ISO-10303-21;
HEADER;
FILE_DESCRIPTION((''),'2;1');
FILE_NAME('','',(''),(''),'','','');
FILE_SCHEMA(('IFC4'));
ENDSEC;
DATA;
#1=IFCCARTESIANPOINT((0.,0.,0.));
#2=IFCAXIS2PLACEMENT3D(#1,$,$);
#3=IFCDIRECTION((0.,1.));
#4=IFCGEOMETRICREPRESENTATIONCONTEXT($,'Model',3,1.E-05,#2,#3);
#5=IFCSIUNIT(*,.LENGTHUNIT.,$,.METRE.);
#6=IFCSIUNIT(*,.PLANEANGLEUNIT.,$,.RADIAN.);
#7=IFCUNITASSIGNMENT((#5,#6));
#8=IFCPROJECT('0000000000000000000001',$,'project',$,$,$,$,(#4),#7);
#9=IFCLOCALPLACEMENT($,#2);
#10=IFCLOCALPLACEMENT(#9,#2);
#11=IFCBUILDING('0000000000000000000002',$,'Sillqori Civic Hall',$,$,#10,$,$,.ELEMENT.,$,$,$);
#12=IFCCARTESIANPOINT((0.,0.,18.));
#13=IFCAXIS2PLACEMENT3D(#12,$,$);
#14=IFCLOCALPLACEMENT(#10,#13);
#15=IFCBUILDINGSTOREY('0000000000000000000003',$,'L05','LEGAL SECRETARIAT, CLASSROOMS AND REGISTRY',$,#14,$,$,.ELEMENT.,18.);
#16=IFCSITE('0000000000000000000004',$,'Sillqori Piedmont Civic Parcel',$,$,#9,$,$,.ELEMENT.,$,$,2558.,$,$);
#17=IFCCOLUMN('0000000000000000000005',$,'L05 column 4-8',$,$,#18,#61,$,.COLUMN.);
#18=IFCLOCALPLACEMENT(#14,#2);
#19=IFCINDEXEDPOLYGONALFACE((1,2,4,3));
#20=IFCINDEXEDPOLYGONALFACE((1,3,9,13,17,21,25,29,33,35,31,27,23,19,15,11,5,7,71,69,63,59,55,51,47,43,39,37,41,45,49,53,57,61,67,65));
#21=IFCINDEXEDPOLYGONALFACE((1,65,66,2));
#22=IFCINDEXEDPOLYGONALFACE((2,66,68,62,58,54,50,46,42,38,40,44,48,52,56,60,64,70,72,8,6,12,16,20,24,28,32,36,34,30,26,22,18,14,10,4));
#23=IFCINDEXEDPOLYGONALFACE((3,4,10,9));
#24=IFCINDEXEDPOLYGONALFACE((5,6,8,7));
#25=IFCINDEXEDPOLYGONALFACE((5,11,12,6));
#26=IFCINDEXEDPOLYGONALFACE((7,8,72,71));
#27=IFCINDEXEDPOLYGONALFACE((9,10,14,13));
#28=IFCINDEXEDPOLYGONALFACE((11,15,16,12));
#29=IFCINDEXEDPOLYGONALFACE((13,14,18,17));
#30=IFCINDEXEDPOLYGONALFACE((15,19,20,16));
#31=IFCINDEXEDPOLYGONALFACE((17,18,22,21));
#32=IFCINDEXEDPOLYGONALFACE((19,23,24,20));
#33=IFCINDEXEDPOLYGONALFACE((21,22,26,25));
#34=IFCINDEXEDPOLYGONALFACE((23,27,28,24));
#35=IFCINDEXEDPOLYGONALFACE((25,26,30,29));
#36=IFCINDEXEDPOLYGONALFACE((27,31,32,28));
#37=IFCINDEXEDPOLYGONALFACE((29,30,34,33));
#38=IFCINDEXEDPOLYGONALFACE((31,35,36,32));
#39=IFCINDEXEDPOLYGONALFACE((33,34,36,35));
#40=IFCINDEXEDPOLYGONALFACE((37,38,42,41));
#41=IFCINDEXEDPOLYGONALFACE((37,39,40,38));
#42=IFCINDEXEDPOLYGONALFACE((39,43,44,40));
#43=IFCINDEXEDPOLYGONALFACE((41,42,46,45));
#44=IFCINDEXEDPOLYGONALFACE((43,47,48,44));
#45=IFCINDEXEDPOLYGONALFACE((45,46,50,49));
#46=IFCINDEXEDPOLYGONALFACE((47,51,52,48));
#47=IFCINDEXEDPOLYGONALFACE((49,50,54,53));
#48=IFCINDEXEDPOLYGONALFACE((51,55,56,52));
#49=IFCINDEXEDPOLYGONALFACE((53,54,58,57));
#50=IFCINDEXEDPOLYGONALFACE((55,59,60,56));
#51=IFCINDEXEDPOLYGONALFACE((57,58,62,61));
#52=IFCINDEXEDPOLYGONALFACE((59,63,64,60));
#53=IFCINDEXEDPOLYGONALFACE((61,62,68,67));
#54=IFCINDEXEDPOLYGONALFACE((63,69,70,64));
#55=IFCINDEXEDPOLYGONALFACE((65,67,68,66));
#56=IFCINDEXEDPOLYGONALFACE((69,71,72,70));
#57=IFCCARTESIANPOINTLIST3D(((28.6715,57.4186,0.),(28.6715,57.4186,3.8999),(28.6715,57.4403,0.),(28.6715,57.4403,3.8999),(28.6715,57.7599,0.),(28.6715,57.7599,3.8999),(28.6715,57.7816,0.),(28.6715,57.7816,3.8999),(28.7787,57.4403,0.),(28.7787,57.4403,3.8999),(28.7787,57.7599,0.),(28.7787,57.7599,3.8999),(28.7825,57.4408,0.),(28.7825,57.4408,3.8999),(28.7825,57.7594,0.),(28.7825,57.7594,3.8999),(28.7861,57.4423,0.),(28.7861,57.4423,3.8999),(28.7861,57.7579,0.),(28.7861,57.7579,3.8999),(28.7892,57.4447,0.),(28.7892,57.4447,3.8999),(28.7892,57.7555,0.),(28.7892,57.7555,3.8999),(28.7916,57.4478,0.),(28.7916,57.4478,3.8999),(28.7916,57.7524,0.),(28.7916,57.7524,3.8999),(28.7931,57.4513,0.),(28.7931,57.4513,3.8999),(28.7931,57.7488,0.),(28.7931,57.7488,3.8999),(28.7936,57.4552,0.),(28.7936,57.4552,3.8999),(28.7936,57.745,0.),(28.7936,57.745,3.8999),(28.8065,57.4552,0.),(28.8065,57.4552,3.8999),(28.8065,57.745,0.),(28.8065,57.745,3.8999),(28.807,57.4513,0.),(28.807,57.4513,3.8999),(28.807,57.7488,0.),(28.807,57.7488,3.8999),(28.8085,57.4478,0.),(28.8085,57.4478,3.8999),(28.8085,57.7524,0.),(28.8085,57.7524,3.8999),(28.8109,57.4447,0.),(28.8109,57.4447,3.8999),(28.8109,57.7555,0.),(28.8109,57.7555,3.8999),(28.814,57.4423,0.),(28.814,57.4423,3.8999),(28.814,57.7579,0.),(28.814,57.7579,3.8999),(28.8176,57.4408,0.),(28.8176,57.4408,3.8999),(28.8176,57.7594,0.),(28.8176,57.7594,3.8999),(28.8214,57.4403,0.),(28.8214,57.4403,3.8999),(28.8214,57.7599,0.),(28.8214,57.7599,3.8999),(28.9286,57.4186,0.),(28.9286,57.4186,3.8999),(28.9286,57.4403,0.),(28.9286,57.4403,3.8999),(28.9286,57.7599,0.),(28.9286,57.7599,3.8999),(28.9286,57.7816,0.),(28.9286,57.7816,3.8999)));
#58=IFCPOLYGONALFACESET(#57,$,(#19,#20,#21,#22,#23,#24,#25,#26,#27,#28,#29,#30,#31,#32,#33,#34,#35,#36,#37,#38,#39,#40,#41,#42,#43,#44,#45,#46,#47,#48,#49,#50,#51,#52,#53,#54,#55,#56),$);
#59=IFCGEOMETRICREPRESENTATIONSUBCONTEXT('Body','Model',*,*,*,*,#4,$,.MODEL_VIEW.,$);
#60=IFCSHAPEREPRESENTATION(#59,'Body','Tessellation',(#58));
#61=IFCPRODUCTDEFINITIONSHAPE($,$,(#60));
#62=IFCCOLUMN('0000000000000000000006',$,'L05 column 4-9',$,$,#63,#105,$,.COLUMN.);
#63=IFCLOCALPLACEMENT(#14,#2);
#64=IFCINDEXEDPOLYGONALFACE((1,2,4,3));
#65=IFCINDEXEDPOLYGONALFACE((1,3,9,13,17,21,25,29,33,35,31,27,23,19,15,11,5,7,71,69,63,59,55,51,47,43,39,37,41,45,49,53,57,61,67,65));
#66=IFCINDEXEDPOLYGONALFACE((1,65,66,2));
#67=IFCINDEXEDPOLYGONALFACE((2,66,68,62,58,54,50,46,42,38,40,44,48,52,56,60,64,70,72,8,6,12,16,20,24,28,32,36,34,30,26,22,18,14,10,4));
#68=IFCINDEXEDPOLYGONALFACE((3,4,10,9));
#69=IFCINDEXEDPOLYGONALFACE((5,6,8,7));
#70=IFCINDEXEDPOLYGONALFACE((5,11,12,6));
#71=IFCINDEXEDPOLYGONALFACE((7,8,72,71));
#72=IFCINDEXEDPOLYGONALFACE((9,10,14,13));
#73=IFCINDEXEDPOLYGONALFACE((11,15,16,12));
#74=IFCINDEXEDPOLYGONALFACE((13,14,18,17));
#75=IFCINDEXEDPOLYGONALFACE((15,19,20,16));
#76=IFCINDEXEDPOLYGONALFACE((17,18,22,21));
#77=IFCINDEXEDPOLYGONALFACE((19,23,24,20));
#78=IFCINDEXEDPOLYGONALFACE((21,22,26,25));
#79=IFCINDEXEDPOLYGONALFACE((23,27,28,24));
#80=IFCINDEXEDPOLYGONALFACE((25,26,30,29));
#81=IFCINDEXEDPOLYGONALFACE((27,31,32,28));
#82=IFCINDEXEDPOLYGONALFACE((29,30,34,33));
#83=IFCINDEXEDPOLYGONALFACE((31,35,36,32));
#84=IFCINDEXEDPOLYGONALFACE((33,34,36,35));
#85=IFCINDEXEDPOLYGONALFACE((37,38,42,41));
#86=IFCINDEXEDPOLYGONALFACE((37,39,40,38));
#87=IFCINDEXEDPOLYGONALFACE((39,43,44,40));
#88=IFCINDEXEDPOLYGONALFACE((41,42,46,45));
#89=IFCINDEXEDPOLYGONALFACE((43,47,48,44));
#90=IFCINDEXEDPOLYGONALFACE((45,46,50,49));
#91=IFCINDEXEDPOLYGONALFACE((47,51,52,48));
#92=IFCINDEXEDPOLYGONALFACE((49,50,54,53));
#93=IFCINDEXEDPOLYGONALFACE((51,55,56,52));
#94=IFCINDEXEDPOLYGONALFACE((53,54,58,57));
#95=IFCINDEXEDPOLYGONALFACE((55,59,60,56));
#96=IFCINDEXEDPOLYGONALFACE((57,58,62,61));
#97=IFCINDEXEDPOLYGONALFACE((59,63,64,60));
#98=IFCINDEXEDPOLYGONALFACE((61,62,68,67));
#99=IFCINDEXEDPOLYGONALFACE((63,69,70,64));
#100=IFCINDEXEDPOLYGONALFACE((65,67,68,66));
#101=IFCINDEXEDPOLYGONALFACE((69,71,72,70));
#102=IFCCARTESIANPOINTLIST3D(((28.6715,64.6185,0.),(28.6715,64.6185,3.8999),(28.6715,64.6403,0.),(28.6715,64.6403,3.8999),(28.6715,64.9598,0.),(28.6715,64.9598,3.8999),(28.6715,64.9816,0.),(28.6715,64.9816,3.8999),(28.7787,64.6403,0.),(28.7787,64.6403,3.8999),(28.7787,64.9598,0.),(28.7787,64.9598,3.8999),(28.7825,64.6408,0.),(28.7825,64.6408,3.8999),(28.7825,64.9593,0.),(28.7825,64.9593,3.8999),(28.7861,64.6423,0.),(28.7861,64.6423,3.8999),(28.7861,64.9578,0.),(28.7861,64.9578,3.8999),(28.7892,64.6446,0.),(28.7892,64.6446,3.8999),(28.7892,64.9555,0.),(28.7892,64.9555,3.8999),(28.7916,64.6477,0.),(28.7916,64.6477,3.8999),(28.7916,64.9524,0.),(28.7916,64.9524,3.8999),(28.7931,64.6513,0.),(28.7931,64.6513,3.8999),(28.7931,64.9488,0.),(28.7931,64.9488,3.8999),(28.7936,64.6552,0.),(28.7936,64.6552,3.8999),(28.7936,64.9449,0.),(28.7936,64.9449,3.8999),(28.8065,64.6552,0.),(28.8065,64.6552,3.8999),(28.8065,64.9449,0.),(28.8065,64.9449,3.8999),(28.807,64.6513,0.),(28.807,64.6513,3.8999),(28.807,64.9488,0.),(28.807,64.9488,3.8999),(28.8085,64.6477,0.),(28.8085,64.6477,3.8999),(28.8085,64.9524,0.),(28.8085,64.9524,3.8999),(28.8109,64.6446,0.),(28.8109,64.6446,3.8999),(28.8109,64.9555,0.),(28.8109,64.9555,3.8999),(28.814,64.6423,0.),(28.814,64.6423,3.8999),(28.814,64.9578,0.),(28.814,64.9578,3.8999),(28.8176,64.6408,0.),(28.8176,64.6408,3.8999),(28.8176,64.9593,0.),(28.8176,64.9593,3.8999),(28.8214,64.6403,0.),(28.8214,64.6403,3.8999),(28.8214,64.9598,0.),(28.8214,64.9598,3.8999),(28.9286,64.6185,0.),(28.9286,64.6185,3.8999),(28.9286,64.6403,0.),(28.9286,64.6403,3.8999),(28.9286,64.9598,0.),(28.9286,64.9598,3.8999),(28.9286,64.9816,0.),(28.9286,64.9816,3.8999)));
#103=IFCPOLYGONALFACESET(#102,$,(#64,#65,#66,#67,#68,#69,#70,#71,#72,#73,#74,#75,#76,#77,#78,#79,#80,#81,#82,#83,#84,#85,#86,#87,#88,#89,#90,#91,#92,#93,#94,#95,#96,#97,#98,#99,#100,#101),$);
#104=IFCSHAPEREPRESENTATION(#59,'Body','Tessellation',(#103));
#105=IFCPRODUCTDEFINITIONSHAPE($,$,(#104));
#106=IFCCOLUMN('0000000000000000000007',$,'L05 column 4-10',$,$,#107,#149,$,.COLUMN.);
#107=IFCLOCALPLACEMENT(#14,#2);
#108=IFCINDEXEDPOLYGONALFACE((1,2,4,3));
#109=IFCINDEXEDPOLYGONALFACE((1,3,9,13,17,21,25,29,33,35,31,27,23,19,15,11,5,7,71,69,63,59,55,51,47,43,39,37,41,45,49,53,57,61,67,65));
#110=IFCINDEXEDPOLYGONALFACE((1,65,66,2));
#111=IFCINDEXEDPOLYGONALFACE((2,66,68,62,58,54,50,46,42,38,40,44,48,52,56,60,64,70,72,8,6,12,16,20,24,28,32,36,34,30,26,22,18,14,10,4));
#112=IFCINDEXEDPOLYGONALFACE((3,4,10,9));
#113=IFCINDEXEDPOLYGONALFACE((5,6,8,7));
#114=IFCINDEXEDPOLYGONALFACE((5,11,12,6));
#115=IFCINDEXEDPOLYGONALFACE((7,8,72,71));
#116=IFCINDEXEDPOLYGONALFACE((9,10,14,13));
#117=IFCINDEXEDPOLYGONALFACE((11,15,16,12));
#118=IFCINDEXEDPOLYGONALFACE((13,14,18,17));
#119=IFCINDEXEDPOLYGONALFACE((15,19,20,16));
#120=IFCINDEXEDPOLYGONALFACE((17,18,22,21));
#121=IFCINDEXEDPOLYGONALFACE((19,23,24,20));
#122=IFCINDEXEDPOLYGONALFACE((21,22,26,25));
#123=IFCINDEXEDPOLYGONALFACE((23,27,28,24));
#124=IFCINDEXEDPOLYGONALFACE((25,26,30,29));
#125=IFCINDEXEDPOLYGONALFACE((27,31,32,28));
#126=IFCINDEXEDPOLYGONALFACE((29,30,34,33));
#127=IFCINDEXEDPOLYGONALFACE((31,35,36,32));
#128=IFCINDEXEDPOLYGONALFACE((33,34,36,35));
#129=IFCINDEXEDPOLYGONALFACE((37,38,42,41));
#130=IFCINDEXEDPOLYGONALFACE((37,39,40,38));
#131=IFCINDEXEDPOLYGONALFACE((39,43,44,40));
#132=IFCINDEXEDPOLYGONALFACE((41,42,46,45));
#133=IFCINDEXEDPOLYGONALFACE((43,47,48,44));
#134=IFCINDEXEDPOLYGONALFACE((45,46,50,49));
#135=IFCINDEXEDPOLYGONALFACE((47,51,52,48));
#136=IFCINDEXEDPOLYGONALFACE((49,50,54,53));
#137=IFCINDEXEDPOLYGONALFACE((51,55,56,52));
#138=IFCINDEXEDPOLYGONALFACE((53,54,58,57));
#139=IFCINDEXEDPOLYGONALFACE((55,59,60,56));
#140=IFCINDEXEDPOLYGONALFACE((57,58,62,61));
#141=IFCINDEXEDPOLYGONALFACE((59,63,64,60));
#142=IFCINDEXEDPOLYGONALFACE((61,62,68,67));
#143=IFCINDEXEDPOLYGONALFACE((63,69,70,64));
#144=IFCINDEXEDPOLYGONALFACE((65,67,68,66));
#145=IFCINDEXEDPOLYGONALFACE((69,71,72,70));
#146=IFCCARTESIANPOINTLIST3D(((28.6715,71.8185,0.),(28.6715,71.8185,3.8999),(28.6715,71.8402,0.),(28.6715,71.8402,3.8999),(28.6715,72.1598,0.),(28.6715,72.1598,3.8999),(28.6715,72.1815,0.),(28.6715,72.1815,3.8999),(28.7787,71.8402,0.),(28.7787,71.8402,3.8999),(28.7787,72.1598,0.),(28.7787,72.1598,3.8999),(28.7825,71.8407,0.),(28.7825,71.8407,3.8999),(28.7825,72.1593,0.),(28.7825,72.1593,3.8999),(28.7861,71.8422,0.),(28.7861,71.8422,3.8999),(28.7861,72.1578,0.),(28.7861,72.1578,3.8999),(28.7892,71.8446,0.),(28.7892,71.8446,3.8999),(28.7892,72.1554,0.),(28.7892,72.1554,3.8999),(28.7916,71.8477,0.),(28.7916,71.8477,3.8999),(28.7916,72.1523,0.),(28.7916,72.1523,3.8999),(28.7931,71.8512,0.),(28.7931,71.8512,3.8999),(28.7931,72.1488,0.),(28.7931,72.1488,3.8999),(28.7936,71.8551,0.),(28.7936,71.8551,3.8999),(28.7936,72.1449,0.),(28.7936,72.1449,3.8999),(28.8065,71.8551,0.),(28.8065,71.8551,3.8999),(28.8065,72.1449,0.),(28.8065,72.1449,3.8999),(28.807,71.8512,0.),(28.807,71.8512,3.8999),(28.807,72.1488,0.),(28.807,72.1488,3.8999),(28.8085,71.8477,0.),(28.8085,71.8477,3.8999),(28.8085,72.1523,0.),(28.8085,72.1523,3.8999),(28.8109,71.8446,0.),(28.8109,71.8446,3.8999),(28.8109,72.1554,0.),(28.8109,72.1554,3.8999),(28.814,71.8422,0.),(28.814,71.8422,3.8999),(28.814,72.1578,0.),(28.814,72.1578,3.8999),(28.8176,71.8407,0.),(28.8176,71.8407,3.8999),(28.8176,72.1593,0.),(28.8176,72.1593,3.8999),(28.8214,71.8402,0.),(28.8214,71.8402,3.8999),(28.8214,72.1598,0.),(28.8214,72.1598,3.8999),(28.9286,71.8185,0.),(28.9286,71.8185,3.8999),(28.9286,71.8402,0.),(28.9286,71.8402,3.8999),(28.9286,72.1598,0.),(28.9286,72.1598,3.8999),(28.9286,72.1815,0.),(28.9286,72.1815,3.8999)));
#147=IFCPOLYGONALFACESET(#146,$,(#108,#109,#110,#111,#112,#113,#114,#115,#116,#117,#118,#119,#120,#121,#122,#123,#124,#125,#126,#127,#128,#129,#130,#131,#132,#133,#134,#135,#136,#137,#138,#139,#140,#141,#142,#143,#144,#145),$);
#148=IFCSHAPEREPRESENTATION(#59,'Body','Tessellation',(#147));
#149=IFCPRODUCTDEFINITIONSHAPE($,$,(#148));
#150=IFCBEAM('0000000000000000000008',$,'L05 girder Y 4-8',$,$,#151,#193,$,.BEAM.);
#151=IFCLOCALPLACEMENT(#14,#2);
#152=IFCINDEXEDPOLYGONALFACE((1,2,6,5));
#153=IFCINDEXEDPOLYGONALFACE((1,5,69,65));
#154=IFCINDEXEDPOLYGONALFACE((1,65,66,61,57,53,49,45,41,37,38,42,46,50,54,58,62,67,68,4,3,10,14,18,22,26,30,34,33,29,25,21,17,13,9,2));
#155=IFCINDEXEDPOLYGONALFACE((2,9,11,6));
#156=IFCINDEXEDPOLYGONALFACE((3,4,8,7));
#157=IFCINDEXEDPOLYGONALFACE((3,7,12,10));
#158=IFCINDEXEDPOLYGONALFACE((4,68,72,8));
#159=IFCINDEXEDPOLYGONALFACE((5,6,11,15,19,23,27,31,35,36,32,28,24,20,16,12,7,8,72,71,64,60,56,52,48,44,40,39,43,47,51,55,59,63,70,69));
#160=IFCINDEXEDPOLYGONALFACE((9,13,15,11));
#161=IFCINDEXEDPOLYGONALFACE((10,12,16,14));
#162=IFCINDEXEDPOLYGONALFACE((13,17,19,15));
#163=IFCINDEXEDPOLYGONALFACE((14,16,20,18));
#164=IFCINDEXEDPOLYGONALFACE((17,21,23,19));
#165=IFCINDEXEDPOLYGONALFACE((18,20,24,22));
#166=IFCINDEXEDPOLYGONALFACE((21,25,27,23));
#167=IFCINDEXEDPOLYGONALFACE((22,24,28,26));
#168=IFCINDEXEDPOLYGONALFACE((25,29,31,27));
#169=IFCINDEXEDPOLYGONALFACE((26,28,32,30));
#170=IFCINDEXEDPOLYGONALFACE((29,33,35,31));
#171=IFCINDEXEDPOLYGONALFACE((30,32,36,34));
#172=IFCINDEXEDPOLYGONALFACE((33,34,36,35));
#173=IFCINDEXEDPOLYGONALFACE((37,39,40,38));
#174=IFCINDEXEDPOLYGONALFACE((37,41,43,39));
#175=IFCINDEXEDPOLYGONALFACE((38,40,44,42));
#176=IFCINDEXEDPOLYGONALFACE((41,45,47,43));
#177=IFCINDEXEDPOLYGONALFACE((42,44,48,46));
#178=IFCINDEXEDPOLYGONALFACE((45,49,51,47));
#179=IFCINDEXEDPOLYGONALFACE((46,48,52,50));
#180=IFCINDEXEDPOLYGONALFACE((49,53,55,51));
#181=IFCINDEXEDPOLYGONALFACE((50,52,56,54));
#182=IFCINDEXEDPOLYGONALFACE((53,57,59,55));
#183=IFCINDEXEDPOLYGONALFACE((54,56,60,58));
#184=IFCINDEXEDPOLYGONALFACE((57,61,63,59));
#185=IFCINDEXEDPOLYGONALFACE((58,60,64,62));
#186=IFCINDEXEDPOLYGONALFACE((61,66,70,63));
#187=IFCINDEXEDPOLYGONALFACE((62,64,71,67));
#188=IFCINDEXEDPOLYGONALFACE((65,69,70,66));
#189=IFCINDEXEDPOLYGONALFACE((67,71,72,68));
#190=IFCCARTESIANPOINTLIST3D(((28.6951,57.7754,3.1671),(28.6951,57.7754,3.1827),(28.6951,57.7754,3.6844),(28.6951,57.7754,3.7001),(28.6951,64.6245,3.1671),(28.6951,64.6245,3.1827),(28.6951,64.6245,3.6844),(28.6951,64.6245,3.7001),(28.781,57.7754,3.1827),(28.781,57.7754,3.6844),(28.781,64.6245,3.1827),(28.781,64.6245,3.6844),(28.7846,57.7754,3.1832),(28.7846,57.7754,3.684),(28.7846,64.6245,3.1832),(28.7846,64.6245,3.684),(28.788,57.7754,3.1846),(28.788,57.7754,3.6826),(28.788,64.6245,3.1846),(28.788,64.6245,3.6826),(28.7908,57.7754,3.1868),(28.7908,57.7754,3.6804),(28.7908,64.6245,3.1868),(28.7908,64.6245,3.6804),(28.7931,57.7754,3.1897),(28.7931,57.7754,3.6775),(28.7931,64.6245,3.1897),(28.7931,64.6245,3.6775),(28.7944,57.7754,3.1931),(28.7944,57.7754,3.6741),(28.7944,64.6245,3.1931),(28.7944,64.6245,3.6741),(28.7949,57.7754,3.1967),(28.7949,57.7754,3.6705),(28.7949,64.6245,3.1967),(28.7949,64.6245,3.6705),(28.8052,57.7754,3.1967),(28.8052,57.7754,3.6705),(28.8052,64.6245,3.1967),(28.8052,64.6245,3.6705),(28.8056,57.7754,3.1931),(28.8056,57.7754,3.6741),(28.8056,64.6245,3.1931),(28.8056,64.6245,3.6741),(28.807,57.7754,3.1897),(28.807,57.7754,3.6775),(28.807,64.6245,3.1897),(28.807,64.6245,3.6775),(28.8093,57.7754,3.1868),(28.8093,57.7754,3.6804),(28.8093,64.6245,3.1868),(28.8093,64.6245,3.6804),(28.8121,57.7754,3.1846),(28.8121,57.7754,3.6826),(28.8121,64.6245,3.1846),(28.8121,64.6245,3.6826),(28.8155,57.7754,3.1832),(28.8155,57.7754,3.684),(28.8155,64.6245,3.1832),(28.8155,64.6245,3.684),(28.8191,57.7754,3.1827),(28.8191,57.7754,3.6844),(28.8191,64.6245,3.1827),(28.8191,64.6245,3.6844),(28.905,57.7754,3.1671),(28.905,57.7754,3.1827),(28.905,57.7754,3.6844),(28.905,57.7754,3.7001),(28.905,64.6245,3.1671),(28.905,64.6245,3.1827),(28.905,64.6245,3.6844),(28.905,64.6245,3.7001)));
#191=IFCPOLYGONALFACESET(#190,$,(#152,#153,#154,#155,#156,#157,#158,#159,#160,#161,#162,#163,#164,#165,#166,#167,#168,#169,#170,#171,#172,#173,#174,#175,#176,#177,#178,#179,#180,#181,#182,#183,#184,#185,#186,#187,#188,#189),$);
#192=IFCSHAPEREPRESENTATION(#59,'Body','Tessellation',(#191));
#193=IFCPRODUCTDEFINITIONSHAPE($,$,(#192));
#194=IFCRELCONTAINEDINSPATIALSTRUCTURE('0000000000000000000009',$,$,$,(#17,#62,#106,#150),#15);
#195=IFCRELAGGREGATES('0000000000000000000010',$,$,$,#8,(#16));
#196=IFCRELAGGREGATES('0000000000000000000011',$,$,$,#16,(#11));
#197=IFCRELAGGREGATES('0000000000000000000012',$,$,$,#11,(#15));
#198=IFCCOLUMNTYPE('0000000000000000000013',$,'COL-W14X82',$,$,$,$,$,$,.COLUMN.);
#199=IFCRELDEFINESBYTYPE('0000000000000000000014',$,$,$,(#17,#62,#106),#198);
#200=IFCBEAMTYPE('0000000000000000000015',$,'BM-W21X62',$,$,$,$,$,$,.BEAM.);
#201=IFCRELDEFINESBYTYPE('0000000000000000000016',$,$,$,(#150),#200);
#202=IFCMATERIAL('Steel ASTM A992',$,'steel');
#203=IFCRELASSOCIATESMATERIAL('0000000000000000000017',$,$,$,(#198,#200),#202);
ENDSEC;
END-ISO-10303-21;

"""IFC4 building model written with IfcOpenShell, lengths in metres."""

from ifc_helpers import new_model, si_unit, direction, frame, origin, origin_2d, place, context, subcontext, project, spatial, i_section, extrude, material, material_profile, profile_set, type_object, element, save


model = new_model("IFC4")

# Units and contexts
model_context = context("Model", 3, precision=1e-05, world=origin(), true_north=direction((0.0, 1.0)))
body_context = subcontext(model_context, "Body", "Model", "MODEL_VIEW")
ifc_project = project(units=[si_unit("LENGTHUNIT", "METRE"), si_unit("PLANEANGLEUNIT", "RADIAN")], contexts=[model_context])

# Site, building, storey
site_placement = place(None, origin())
site = spatial("IfcSite", under=ifc_project, at=site_placement, Name="Sillqori Piedmont Civic Parcel", CompositionType="ELEMENT", RefElevation=2558.0)
building_placement = place(site_placement, origin())
building = spatial("IfcBuilding", under=site, at=building_placement, Name="Sillqori Civic Hall", CompositionType="ELEMENT")
storey_placement = place(building_placement, frame((0.0, 0.0, 18.0)))
storey = spatial("IfcBuildingStorey", under=building, at=storey_placement, Name="L05", Description="LEGAL SECRETARIAT, CLASSROOMS AND REGISTRY", CompositionType="ELEMENT", Elevation=18.0)

# Columns
ifc_material_1 = material(Name="Steel ASTM A992", Category="steel")
ifc_material_profile_1 = material_profile(ifc_material_1, i_section(OverallWidth=0.2571, OverallDepth=0.363, WebThickness=0.0129, FlangeThickness=0.0217, FilletRadius=0.0149, at=origin_2d()), Name="W14X82")
ifc_profile_set_1 = profile_set([ifc_material_profile_1], Name="Steel ASTM A992")
column_type = type_object("IfcColumnType", Name="COL-W14X82", PredefinedType="COLUMN", material=ifc_profile_set_1)
for number, where, z_axis, x_axis, name in (
    (1, (28.8, 57.6001, 0.0), (0.0, 0.0, 1.0), (1.0, 0.0, 0.0), "L05 column 4-8"),
    (2, (28.8, 64.8, 0.0), (0.0, 0.0, 1.0), (1.0, 0.0, 0.0), "L05 column 4-9"),
    (3, (28.8, 72.0, 0.0), (0.0, 0.0, 1.0), (1.0, 0.0, 0.0), "L05 column 4-10"),
):
    element("IfcColumn", number, at=place(storey_placement, frame(where, z_axis=z_axis, x_axis=x_axis)), inside=storey, type_object=column_type, Name=name, PredefinedType="COLUMN", context=body_context, shape_type="SweptSolid", body=[
        extrude(i_section(OverallWidth=0.2571, OverallDepth=0.363, WebThickness=0.0129, FlangeThickness=0.0217, FilletRadius=0.0149, at=origin_2d()), origin(), (0.0, 0.0, 1.0), 3.8999),
    ])

# Beam
ifc_material_profile_2 = material_profile(ifc_material_1, i_section(OverallWidth=0.21, OverallDepth=0.533, WebThickness=0.0103, FlangeThickness=0.0156, FilletRadius=0.0139, at=origin_2d()), Name="W21X62")
ifc_profile_set_2 = profile_set([ifc_material_profile_2], Name="Steel ASTM A992")
beam_type_1 = type_object("IfcBeamType", Name="BM-W21X62", PredefinedType="BEAM", material=ifc_profile_set_2)
beam_1_placement = place(storey_placement, frame((28.8, 57.7754, 3.4336), z_axis=(0.0, 1.0, 0.0), x_axis=(-1.0, 0.0, 0.0)))
element("IfcBeam", 4, at=beam_1_placement, inside=storey, type_object=beam_type_1, Name="L05 girder Y 4-8", PredefinedType="BEAM", context=body_context, shape_type="SweptSolid", body=[
    extrude(i_section(OverallWidth=0.21, OverallDepth=0.533, WebThickness=0.0103, FlangeThickness=0.0156, FilletRadius=0.0139, at=origin_2d()), origin(), (0.0, 0.0, 1.0), 6.8491),
])

save(model, "model.ifc")
